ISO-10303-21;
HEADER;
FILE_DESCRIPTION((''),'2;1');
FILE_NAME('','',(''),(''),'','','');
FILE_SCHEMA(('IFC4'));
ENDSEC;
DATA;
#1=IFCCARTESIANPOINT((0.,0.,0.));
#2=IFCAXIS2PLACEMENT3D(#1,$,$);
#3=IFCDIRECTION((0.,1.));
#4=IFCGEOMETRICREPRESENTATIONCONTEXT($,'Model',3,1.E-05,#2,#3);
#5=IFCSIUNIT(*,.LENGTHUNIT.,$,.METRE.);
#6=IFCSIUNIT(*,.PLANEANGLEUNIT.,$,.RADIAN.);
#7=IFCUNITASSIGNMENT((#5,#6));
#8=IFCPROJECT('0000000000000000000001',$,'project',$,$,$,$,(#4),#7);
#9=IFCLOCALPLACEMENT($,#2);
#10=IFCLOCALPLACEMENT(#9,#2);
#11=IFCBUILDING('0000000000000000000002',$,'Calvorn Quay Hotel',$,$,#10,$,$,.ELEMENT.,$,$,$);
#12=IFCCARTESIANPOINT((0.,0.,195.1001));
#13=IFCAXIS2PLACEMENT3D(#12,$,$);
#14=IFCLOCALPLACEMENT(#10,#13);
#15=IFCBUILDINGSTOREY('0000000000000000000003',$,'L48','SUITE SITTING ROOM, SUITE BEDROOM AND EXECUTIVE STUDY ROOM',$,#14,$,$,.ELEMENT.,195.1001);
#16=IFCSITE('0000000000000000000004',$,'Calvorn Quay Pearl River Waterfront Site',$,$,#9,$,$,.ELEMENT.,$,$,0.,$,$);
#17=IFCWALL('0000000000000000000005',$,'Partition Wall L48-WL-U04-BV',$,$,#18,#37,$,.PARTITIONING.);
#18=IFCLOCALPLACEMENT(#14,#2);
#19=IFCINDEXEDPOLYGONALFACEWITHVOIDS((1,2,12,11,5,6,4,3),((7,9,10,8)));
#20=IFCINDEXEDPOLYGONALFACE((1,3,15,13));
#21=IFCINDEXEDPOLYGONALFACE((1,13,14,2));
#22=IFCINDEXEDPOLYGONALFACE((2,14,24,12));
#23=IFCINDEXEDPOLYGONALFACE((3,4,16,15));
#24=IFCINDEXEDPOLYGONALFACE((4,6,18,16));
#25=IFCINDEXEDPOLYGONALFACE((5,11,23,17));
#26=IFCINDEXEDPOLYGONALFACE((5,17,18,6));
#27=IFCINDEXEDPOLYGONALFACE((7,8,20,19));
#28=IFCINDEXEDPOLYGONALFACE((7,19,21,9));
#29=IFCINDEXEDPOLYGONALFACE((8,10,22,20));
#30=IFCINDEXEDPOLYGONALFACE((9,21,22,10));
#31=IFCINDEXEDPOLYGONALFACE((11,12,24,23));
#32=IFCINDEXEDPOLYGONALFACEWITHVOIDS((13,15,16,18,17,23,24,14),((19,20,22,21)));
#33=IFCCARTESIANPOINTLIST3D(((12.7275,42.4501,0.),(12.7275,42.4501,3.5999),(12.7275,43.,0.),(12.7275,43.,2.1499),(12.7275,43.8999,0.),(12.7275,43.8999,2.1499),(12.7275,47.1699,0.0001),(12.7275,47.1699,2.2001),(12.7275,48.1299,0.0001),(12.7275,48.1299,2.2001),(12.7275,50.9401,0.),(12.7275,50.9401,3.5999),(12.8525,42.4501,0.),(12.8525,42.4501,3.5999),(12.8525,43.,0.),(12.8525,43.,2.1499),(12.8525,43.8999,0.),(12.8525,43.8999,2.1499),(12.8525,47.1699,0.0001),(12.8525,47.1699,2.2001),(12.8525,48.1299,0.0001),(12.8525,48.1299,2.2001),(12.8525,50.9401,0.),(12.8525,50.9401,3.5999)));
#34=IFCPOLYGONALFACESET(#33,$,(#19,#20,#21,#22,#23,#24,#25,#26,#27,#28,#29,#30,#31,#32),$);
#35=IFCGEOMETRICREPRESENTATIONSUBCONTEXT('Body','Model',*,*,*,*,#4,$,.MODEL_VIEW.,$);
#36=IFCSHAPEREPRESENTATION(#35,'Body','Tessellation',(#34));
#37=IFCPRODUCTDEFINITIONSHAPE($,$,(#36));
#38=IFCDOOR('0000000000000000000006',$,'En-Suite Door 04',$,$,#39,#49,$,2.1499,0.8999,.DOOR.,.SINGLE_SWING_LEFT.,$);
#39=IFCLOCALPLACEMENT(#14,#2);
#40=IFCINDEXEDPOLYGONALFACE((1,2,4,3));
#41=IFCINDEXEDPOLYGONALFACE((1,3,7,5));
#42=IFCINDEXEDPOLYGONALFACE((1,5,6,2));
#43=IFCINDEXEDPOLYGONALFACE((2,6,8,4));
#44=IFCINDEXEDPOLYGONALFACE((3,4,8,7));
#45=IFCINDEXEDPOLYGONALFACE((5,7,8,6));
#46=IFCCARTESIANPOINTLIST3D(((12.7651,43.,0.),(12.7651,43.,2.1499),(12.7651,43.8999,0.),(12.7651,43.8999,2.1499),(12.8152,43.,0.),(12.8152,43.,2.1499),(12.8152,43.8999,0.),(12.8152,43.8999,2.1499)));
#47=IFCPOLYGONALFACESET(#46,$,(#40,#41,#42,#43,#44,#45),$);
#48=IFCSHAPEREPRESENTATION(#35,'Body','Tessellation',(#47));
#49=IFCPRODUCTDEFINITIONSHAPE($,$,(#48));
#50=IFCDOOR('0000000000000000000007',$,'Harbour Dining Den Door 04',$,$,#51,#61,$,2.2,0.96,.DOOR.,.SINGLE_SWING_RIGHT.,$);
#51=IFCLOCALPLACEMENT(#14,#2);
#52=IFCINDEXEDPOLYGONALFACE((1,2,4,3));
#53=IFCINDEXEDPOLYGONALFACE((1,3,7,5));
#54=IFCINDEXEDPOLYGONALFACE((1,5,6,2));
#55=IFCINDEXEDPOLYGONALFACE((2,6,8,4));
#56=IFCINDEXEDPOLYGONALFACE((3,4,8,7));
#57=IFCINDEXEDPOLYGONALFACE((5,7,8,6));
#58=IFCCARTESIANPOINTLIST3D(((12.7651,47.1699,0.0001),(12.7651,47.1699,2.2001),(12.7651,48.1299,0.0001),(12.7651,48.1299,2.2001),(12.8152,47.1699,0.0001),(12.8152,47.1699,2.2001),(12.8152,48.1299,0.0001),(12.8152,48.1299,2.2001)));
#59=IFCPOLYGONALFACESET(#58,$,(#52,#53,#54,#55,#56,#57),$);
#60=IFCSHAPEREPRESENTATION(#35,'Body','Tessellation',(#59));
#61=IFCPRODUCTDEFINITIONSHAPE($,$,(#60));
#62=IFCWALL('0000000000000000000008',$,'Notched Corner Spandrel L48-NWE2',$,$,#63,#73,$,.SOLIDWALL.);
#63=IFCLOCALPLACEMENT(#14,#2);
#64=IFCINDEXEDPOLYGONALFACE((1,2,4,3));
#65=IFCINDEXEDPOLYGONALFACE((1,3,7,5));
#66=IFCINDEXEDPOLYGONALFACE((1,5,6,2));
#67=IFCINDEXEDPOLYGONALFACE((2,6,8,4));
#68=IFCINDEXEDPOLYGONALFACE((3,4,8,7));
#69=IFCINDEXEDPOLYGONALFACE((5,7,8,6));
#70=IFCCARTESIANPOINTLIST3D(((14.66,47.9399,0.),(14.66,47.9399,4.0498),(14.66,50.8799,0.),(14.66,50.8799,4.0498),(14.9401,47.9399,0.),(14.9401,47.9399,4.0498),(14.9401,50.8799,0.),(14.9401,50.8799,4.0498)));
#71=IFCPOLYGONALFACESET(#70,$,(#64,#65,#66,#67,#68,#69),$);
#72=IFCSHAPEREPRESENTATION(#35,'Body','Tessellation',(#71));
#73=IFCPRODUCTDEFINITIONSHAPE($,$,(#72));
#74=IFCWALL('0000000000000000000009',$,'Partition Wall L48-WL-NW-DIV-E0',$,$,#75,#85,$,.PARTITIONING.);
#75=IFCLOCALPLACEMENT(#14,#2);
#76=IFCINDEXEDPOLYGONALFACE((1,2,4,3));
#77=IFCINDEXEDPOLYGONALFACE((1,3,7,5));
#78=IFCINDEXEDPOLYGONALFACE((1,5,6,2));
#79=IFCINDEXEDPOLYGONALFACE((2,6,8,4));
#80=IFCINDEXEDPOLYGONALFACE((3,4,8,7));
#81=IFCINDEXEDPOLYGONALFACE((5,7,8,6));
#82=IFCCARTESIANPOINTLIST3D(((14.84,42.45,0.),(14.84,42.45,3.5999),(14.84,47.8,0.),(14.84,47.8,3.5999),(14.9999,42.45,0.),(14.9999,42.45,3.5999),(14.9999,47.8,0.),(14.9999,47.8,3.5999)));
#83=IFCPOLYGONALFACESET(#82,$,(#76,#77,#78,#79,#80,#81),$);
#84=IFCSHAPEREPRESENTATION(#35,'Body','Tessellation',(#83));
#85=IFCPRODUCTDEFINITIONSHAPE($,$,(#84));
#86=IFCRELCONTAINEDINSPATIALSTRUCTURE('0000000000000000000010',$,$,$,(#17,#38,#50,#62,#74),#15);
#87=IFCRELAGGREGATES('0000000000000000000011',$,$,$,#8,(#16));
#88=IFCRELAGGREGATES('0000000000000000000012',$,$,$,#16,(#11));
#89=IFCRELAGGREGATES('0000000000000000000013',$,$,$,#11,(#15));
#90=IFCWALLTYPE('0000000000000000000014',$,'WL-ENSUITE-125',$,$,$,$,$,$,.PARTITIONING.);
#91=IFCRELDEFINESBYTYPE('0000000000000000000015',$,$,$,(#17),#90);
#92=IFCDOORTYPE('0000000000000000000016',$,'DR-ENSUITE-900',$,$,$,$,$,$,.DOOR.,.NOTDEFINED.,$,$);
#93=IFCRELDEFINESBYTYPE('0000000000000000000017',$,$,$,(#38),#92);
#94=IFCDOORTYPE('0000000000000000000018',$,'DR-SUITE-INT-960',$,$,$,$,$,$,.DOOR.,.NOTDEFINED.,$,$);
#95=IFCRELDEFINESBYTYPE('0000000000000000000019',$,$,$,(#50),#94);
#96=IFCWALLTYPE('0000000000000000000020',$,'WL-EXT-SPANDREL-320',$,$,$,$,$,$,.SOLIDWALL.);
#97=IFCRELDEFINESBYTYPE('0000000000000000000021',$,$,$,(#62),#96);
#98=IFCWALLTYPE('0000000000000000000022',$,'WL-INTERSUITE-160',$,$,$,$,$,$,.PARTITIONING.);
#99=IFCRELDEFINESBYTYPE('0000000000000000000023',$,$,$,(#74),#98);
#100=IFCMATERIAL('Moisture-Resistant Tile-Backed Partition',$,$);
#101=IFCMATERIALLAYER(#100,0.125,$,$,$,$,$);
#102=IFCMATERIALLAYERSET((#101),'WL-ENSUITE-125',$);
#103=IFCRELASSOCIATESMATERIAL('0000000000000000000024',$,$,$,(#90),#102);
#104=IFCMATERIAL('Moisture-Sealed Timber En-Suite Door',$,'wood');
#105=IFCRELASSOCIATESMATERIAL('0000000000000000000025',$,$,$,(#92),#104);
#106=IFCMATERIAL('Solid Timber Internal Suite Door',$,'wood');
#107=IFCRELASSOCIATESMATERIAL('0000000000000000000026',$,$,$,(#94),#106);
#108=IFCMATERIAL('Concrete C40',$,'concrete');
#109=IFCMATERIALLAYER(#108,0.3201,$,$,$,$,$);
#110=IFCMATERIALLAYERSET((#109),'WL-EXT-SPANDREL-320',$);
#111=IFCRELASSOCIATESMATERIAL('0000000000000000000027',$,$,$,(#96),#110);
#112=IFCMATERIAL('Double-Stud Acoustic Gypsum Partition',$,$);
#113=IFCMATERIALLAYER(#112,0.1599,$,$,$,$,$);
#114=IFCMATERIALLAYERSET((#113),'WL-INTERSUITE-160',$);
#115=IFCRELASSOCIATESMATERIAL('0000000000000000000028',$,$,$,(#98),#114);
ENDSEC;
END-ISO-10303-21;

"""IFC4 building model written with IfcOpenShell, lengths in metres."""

from ifc_helpers import new_model, si_unit, direction, frame, frame_2d, origin, place, context, subcontext, project, spatial, rectangle, extrude, material, layer, layer_set, type_object, element, fill, save


model = new_model("IFC4")

# Units and contexts
model_context = context("Model", 3, precision=1e-05, world=origin(), true_north=direction((0.0, 1.0)))
body_context = subcontext(model_context, "Body", "Model", "MODEL_VIEW")
ifc_project = project(units=[si_unit("LENGTHUNIT", "METRE"), si_unit("PLANEANGLEUNIT", "RADIAN")], contexts=[model_context])

# Site, building, storey
site_placement = place(None, origin())
site = spatial("IfcSite", under=ifc_project, at=site_placement, Name="Calvorn Quay Pearl River Waterfront Site", CompositionType="ELEMENT", RefElevation=0.0)
building_placement = place(site_placement, origin())
building = spatial("IfcBuilding", under=site, at=building_placement, Name="Calvorn Quay Hotel", CompositionType="ELEMENT")
storey_placement = place(building_placement, frame((0.0, 0.0, 195.1001)))
storey = spatial("IfcBuildingStorey", under=building, at=storey_placement, Name="L48", Description="SUITE SITTING ROOM, SUITE BEDROOM AND EXECUTIVE STUDY ROOM", CompositionType="ELEMENT", Elevation=195.1001)

# Shared definitions
ifc_material_1 = material(Name="Moisture-Resistant Tile-Backed Partition")
ifc_layer_1 = layer(ifc_material_1, 0.125)
ifc_layer_set_1 = layer_set([ifc_layer_1], Name="WL-ENSUITE-125")
wall_type_1 = type_object("IfcWallType", Name="WL-ENSUITE-125", PredefinedType="PARTITIONING", material=ifc_layer_set_1)

# Wall, openings, doors
wall_1_placement = place(storey_placement, frame((12.79, 42.45, 0.0), z_axis=(0.0, 0.0, 1.0), x_axis=(0.0, 1.0, 0.0)))
wall_1 = element("IfcWall", 1, at=wall_1_placement, inside=storey, type_object=wall_type_1, Name="Partition Wall L48-WL-U04-BV", PredefinedType="PARTITIONING", context=body_context, shape_type="SweptSolid", body=[
    extrude(rectangle(XDim=8.49, YDim=0.125, at=frame_2d((4.2451, 0.0))), origin(), (0.0, 0.0, 1.0), 3.5999),
])
opening_1_placement = place(wall_1_placement, frame((0.55, 0.0, 0.0)))
opening_1 = element("IfcOpeningElement", 2, at=opening_1_placement, cuts=wall_1, PredefinedType="OPENING", context=body_context, shape_type="SweptSolid", body=[
    extrude(rectangle(XDim=0.8999, YDim=2.1499, at=frame_2d((0.45, 1.075))), frame((0.0, 0.0725, 0.0), z_axis=(0.0, -1.0, 0.0), x_axis=(1.0, 0.0, 0.0)), (0.0, 0.0, 1.0), 0.145),
])
opening_2_placement = place(wall_1_placement, frame((4.72, 0.0, 0.0)))
opening_2 = element("IfcOpeningElement", 3, at=opening_2_placement, cuts=wall_1, PredefinedType="OPENING", context=body_context, shape_type="SweptSolid", body=[
    extrude(rectangle(XDim=0.96, YDim=2.2, at=frame_2d((0.48, 1.1001))), frame((0.0, 0.0725, 0.0), z_axis=(0.0, -1.0, 0.0), x_axis=(1.0, 0.0, 0.0)), (0.0, 0.0, 1.0), 0.145),
])
ifc_material_2 = material(Name="Moisture-Sealed Timber En-Suite Door", Category="wood")
door_type_1 = type_object("IfcDoorType", Name="DR-ENSUITE-900", OperationType="NOTDEFINED", PredefinedType="DOOR", material=ifc_material_2)
door_1_placement = place(opening_1_placement, origin())
door_1 = element("IfcDoor", 4, at=door_1_placement, inside=storey, type_object=door_type_1, Name="En-Suite Door 04", OperationType="SINGLE_SWING_LEFT", OverallHeight=2.1499, OverallWidth=0.8999, PredefinedType="DOOR", context=body_context, shape_type="SweptSolid", body=[
    extrude(rectangle(XDim=0.8999, YDim=2.1499, at=frame_2d((0.45, 1.075))), frame((0.0, 0.0249, 0.0), z_axis=(0.0, -1.0, 0.0), x_axis=(1.0, 0.0, 0.0)), (0.0, 0.0, 1.0), 0.05),
])
fill(opening_1, door_1)
ifc_material_3 = material(Name="Solid Timber Internal Suite Door", Category="wood")
door_type_2 = type_object("IfcDoorType", Name="DR-SUITE-INT-960", OperationType="NOTDEFINED", PredefinedType="DOOR", material=ifc_material_3)
door_2_placement = place(opening_2_placement, origin())
door_2 = element("IfcDoor", 5, at=door_2_placement, inside=storey, type_object=door_type_2, Name="Harbour Dining Den Door 04", OperationType="SINGLE_SWING_RIGHT", OverallHeight=2.2, OverallWidth=0.96, PredefinedType="DOOR", context=body_context, shape_type="SweptSolid", body=[
    extrude(rectangle(XDim=0.96, YDim=2.2, at=frame_2d((0.48, 1.1001))), frame((0.0, 0.0249, 0.0), z_axis=(0.0, -1.0, 0.0), x_axis=(1.0, 0.0, 0.0)), (0.0, 0.0, 1.0), 0.05),
])
fill(opening_2, door_2)

# Walls
ifc_material_4 = material(Name="Concrete C40", Category="concrete")
ifc_layer_2 = layer(ifc_material_4, 0.3201)
ifc_layer_set_2 = layer_set([ifc_layer_2], Name="WL-EXT-SPANDREL-320")
wall_type_2 = type_object("IfcWallType", Name="WL-EXT-SPANDREL-320", PredefinedType="SOLIDWALL", material=ifc_layer_set_2)
wall_2_placement = place(storey_placement, frame((14.8, 47.9399, 0.0), z_axis=(0.0, 0.0, 1.0), x_axis=(0.0, 1.0, 0.0)))
element("IfcWall", 6, at=wall_2_placement, inside=storey, type_object=wall_type_2, Name="Notched Corner Spandrel L48-NWE2", PredefinedType="SOLIDWALL", context=body_context, shape_type="SweptSolid", body=[
    extrude(rectangle(XDim=2.9399, YDim=0.28, at=frame_2d((1.47, 0.0))), origin(), (0.0, 0.0, 1.0), 4.0498),
])
ifc_material_5 = material(Name="Double-Stud Acoustic Gypsum Partition")
ifc_layer_3 = layer(ifc_material_5, 0.1599)
ifc_layer_set_3 = layer_set([ifc_layer_3], Name="WL-INTERSUITE-160")
wall_type_3 = type_object("IfcWallType", Name="WL-INTERSUITE-160", PredefinedType="PARTITIONING", material=ifc_layer_set_3)
wall_3_placement = place(storey_placement, frame((14.9199, 42.45, 0.0), z_axis=(0.0, 0.0, 1.0), x_axis=(0.0, 1.0, 0.0)))
element("IfcWall", 7, at=wall_3_placement, inside=storey, type_object=wall_type_3, Name="Partition Wall L48-WL-NW-DIV-E0", PredefinedType="PARTITIONING", context=body_context, shape_type="SweptSolid", body=[
    extrude(rectangle(XDim=5.3501, YDim=0.1599, at=frame_2d((2.675, 0.0))), origin(), (0.0, 0.0, 1.0), 3.5999),
])

save(model, "model.ifc")
